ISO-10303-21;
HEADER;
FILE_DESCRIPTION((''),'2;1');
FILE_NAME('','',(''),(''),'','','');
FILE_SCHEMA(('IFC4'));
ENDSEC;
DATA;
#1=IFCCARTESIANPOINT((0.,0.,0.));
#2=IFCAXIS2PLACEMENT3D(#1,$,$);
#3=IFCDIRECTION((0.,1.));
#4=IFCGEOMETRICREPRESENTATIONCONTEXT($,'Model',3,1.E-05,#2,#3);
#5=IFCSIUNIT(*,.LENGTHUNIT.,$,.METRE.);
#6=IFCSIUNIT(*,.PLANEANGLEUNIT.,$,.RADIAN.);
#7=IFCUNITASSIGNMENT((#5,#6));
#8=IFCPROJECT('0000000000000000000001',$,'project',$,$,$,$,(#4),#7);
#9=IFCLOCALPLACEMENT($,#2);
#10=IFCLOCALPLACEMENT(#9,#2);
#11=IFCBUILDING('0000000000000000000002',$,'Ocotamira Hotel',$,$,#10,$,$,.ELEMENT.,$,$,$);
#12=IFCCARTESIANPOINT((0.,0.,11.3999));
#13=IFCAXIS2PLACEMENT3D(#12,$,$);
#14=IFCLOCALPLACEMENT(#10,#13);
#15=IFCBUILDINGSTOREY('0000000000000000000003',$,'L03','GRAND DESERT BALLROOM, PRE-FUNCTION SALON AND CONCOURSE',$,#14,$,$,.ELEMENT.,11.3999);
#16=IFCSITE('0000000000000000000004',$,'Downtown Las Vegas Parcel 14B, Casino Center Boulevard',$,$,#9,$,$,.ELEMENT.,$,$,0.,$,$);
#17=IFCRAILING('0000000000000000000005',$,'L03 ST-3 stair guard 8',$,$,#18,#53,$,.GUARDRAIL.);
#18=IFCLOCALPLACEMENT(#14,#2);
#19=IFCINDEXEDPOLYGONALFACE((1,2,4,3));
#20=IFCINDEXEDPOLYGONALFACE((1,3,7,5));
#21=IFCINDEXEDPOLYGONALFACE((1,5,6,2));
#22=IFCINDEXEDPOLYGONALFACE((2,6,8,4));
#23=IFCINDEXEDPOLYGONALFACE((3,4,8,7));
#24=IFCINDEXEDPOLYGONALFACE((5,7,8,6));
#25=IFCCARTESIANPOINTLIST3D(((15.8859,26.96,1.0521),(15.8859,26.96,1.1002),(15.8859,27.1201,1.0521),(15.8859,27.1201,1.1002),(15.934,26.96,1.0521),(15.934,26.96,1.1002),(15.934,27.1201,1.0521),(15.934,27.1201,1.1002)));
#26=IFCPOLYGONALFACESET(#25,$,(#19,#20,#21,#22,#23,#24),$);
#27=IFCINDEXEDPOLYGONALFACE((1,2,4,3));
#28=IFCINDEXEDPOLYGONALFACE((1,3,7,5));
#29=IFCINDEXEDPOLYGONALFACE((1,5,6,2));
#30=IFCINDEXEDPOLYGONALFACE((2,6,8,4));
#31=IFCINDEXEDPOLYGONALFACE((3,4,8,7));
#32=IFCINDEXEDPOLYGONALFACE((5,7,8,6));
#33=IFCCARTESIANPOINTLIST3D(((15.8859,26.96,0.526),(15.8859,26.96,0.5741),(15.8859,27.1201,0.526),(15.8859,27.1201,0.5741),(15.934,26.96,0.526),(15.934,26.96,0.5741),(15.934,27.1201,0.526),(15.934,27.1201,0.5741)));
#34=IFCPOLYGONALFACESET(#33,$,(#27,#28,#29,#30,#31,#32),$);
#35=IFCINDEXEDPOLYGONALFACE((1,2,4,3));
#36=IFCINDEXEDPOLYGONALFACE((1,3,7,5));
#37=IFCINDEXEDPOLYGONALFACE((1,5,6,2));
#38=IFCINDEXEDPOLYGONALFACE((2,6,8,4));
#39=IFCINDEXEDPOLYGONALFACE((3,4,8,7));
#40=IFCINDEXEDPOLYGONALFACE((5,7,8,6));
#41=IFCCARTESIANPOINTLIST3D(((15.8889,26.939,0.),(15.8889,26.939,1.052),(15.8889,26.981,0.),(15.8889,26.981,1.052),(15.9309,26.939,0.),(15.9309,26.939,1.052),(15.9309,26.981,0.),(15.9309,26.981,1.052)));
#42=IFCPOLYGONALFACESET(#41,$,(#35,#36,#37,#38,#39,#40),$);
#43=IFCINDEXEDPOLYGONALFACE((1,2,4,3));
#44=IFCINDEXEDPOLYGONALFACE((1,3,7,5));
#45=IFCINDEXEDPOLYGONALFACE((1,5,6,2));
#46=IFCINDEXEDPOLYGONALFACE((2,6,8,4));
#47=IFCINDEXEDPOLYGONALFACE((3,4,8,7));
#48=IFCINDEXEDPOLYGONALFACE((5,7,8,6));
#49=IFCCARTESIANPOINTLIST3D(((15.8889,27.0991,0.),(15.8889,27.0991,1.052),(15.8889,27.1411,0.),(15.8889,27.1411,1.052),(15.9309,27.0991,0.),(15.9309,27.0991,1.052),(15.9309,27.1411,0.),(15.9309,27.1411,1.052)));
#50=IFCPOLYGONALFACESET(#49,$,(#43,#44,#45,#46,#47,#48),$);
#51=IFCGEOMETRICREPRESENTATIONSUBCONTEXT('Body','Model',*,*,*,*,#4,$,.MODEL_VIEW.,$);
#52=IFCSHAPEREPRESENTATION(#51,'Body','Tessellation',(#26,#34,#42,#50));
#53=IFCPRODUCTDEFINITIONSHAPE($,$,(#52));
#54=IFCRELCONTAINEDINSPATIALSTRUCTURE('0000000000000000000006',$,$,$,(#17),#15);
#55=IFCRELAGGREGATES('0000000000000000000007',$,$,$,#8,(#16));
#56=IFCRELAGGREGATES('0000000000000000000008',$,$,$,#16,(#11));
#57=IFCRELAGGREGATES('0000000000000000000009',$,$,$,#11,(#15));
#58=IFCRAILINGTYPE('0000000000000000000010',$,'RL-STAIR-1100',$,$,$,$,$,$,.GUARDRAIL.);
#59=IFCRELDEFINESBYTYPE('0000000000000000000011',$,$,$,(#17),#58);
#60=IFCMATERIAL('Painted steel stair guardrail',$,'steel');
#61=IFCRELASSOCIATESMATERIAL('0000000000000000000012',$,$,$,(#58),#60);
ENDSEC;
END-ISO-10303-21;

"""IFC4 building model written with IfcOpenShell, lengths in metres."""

from ifc_helpers import new_model, si_unit, direction, frame, origin, origin_2d, place, context, subcontext, project, spatial, rectangle, extrude, material, type_object, element, save


model = new_model("IFC4")

# Units and contexts
model_context = context("Model", 3, precision=1e-05, world=origin(), true_north=direction((0.0, 1.0)))
body_context = subcontext(model_context, "Body", "Model", "MODEL_VIEW")
ifc_project = project(units=[si_unit("LENGTHUNIT", "METRE"), si_unit("PLANEANGLEUNIT", "RADIAN")], contexts=[model_context])

# Site, building, storey
site_placement = place(None, origin())
site = spatial("IfcSite", under=ifc_project, at=site_placement, Name="Downtown Las Vegas Parcel 14B, Casino Center Boulevard", CompositionType="ELEMENT", RefElevation=0.0)
building_placement = place(site_placement, origin())
building = spatial("IfcBuilding", under=site, at=building_placement, Name="Ocotamira Hotel", CompositionType="ELEMENT")
storey_placement = place(building_placement, frame((0.0, 0.0, 11.3999)))
storey = spatial("IfcBuildingStorey", under=building, at=storey_placement, Name="L03", Description="GRAND DESERT BALLROOM, PRE-FUNCTION SALON AND CONCOURSE", CompositionType="ELEMENT", Elevation=11.3999)

# Railing
ifc_material_1 = material(Name="Painted steel stair guardrail", Category="steel")
railing_type_1 = type_object("IfcRailingType", Name="RL-STAIR-1100", PredefinedType="GUARDRAIL", material=ifc_material_1)
railing_1_placement = place(storey_placement, frame((15.9099, 26.96, 0.0)))
element("IfcRailing", 1, at=railing_1_placement, inside=storey, type_object=railing_type_1, Name="L03 ST-3 stair guard 8", PredefinedType="GUARDRAIL", context=body_context, shape_type="SweptSolid", body=[
    extrude(rectangle(XDim=0.0481, YDim=0.0481, at=origin_2d()), frame((0.0, 0.0, 1.0762), z_axis=(0.0, 1.0, 0.0), x_axis=(-1.0, 0.0, 0.0)), (0.0, 0.0, 1.0), 0.1602),
    extrude(rectangle(XDim=0.0481, YDim=0.0481, at=origin_2d()), frame((0.0, 0.0, 0.55), z_axis=(0.0, 1.0, 0.0), x_axis=(-1.0, 0.0, 0.0)), (0.0, 0.0, 1.0), 0.1602),
    extrude(rectangle(XDim=0.042, YDim=0.042, at=origin_2d()), origin(), (0.0, 0.0, 1.0), 1.052),
    extrude(rectangle(XDim=0.042, YDim=0.042, at=origin_2d()), frame((0.0, 0.1602, 0.0)), (0.0, 0.0, 1.0), 1.052),
])

save(model, "model.ifc")
